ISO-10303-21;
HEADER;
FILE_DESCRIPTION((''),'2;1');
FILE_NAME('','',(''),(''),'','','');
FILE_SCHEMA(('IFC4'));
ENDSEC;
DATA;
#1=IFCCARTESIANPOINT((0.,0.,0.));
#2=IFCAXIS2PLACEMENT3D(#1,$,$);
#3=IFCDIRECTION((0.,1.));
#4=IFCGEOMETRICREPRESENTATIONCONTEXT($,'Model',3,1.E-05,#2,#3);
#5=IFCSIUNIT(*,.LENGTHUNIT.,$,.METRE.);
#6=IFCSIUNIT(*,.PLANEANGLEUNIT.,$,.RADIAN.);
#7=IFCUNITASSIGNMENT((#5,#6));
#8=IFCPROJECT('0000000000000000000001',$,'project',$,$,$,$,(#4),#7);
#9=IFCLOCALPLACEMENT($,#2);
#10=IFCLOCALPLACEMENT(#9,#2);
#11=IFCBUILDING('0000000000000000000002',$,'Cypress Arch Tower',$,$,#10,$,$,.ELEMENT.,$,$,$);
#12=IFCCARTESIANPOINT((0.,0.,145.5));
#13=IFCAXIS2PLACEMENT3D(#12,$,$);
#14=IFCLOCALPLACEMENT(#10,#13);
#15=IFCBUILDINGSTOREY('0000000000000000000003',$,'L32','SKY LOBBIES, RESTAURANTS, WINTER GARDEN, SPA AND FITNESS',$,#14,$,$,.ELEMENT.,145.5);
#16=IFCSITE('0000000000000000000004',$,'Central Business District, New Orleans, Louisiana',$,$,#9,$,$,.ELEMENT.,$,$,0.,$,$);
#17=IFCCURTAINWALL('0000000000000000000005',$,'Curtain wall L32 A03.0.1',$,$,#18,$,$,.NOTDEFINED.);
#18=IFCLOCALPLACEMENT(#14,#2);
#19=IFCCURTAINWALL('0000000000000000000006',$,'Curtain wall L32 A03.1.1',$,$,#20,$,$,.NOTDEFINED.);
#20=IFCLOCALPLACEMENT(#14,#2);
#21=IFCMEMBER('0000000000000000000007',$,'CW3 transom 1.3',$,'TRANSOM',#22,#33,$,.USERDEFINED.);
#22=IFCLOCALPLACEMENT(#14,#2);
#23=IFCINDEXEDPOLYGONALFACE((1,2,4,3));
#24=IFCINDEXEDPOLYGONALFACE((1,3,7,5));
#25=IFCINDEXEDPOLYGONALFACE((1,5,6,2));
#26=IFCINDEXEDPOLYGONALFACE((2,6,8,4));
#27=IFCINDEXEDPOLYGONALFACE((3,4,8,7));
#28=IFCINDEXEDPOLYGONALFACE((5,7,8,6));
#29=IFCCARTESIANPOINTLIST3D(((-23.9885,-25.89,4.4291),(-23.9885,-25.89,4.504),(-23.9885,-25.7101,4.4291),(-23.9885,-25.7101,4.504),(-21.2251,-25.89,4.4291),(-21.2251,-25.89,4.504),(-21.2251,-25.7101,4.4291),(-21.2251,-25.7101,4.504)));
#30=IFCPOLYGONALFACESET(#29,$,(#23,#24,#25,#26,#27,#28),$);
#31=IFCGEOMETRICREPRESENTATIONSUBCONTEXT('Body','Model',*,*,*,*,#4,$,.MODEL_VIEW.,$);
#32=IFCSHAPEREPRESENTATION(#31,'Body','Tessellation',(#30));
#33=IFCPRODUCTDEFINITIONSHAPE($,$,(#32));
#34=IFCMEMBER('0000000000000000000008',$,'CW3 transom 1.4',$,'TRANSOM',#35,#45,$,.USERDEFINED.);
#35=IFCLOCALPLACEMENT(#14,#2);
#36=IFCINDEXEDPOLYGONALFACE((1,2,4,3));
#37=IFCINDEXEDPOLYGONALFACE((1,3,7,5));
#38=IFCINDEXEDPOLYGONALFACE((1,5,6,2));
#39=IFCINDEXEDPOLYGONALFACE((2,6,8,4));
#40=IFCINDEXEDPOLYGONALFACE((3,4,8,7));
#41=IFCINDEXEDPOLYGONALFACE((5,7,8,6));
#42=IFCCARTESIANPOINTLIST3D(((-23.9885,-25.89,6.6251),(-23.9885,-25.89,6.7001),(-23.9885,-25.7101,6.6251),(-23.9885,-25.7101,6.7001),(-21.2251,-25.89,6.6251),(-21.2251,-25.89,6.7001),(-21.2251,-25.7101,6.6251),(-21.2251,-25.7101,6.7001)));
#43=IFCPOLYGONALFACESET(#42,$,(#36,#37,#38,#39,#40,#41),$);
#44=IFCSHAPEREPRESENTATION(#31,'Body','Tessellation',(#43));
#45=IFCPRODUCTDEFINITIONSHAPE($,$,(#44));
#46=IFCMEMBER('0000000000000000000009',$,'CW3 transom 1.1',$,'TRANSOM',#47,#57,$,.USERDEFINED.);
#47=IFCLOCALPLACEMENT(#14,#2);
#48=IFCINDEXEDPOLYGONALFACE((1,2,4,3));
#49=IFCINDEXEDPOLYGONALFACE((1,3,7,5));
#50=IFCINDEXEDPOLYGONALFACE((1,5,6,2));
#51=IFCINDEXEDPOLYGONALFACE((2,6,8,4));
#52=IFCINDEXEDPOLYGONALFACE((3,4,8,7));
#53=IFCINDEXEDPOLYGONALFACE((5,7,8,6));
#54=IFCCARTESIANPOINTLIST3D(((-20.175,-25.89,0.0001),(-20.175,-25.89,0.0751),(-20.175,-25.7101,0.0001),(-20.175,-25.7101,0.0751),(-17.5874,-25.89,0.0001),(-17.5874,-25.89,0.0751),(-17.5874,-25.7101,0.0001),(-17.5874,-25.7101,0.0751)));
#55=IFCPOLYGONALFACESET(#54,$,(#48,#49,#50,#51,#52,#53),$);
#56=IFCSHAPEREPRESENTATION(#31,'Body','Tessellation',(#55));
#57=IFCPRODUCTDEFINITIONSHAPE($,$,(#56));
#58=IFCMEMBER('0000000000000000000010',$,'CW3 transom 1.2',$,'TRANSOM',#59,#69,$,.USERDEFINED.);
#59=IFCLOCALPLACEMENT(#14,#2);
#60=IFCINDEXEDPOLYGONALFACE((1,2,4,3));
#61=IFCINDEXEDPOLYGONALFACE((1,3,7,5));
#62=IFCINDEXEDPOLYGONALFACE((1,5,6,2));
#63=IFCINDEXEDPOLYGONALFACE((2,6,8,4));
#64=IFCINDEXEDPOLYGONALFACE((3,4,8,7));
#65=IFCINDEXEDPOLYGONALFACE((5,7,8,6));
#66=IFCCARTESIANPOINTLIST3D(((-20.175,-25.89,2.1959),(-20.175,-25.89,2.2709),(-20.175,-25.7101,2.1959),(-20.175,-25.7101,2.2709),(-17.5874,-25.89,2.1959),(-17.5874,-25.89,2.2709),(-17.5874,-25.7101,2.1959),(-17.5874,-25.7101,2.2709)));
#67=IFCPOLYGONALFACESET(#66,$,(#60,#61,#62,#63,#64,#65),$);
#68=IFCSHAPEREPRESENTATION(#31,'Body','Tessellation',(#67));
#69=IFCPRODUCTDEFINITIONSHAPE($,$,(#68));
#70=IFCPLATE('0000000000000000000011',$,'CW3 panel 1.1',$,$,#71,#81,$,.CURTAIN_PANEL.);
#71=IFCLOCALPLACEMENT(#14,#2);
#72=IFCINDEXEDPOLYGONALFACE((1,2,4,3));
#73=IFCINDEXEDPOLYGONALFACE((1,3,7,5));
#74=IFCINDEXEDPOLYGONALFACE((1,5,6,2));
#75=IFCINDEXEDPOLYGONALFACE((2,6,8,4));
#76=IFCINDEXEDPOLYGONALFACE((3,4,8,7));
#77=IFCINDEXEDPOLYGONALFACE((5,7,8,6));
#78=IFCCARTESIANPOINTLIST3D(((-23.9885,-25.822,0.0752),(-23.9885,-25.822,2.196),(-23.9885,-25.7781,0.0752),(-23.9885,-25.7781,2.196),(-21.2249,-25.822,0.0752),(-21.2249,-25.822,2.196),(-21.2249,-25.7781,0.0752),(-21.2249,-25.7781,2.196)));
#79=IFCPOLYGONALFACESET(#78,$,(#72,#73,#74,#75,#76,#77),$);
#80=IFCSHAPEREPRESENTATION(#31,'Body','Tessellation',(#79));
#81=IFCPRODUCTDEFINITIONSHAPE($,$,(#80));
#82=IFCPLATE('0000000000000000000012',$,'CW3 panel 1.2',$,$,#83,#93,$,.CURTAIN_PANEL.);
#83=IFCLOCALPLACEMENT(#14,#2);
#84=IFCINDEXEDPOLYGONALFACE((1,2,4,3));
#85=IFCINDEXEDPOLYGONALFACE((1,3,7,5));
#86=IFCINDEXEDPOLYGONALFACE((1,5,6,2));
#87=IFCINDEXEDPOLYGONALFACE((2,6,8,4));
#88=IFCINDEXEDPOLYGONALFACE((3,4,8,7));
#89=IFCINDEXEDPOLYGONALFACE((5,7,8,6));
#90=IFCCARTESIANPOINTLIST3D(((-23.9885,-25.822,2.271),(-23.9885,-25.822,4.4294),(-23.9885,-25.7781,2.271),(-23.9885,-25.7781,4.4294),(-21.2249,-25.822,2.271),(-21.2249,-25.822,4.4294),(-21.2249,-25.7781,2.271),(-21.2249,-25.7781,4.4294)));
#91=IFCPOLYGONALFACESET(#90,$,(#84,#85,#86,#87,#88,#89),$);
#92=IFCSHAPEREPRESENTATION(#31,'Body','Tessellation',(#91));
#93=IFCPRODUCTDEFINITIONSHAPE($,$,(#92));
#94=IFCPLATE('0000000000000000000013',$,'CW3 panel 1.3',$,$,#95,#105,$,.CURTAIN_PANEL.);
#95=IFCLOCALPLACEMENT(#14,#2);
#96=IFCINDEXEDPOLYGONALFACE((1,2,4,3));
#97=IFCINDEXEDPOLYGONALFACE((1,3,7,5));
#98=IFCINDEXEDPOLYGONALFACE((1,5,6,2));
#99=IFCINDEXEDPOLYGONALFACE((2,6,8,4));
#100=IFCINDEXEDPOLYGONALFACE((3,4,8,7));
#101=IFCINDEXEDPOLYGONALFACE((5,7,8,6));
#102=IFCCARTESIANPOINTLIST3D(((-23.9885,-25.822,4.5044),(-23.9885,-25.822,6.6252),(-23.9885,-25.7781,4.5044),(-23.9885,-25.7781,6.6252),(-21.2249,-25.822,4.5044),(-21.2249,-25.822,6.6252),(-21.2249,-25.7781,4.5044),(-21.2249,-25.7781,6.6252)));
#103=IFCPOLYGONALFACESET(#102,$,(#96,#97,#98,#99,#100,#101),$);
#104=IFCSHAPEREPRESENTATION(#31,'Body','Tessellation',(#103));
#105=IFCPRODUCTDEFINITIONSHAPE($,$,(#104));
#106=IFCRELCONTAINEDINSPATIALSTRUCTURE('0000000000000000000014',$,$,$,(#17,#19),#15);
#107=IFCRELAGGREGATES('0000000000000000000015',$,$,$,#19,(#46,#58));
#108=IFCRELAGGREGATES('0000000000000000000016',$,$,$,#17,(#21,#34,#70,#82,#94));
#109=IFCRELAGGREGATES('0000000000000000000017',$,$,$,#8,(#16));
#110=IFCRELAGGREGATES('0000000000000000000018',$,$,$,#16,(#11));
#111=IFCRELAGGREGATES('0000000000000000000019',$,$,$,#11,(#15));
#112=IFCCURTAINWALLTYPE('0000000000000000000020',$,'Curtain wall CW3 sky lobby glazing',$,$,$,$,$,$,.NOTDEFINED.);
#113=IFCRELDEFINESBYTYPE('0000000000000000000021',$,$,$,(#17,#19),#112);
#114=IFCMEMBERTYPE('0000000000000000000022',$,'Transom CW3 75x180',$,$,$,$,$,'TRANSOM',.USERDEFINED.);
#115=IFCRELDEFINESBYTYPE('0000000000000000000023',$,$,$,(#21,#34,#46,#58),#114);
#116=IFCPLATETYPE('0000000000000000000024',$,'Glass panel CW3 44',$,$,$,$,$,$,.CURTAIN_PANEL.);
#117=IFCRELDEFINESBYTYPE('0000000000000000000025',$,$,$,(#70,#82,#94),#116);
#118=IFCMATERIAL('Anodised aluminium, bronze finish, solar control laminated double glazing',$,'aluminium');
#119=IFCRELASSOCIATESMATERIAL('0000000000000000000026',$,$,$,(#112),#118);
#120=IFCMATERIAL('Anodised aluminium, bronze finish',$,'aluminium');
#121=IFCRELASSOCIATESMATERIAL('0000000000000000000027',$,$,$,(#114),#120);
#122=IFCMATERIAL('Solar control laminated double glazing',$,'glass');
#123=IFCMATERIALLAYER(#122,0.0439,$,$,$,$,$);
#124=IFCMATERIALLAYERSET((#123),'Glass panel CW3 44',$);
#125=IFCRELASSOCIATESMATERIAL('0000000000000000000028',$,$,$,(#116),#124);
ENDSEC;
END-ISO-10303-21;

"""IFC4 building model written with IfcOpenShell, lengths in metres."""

from ifc_helpers import new_model, si_unit, direction, frame, origin, origin_2d, place, context, subcontext, project, spatial, rectangle, extrude, material, layer, layer_set, material_profile, profile_set, type_object, element, aggregate, save


model = new_model("IFC4")

# Units and contexts
model_context = context("Model", 3, precision=1e-05, world=origin(), true_north=direction((0.0, 1.0)))
body_context = subcontext(model_context, "Body", "Model", "MODEL_VIEW")
ifc_project = project(units=[si_unit("LENGTHUNIT", "METRE"), si_unit("PLANEANGLEUNIT", "RADIAN")], contexts=[model_context])

# Site, building, storey
site_placement = place(None, origin())
site = spatial("IfcSite", under=ifc_project, at=site_placement, Name="Central Business District, New Orleans, Louisiana", CompositionType="ELEMENT", RefElevation=0.0)
building_placement = place(site_placement, origin())
building = spatial("IfcBuilding", under=site, at=building_placement, Name="Cypress Arch Tower", CompositionType="ELEMENT")
storey_placement = place(building_placement, frame((0.0, 0.0, 145.5)))
storey = spatial("IfcBuildingStorey", under=building, at=storey_placement, Name="L32", Description="SKY LOBBIES, RESTAURANTS, WINTER GARDEN, SPA AND FITNESS", CompositionType="ELEMENT", Elevation=145.5)

# Shared definitions
ifc_material_1 = material(Name="Anodised aluminium, bronze finish, solar control laminated double glazing", Category="aluminium")
curtain_wall_type = type_object("IfcCurtainWallType", Name="Curtain wall CW3 sky lobby glazing", PredefinedType="NOTDEFINED", material=ifc_material_1)

# Curtain wall
curtain_wall_1_placement = place(storey_placement, origin())
curtain_wall_1 = element("IfcCurtainWall", 1, at=curtain_wall_1_placement, inside=storey, type_object=curtain_wall_type, Name="Curtain wall L32 A03.0.1", PredefinedType="NOTDEFINED")

# Curtain wall
curtain_wall_2_placement = place(storey_placement, origin())
curtain_wall_2 = element("IfcCurtainWall", 2, at=curtain_wall_2_placement, inside=storey, type_object=curtain_wall_type, Name="Curtain wall L32 A03.1.1", PredefinedType="NOTDEFINED")

# Members
ifc_material_2 = material(Name="Anodised aluminium, bronze finish", Category="aluminium")
ifc_material_profile_1 = material_profile(ifc_material_2, rectangle(XDim=0.1799, YDim=0.075, at=origin_2d()), Name="Transom 75x180")
ifc_profile_set_1 = profile_set([ifc_material_profile_1], Name="Anodised aluminium, bronze finish")
member_type_1 = type_object("IfcMemberType", Name="Transom CW3 75x180", ElementType="TRANSOM", PredefinedType="USERDEFINED", material=ifc_profile_set_1)
member_1_placement = place(storey_placement, frame((-23.9885, -25.8, 4.4666), z_axis=(1.0, 0.0, 0.0), x_axis=(0.0, 1.0, 0.0)))
member_1 = element("IfcMember", 3, at=member_1_placement, type_object=member_type_1, Name="CW3 transom 1.3", ObjectType="TRANSOM", PredefinedType="USERDEFINED", context=body_context, shape_type="SweptSolid", body=[
    extrude(rectangle(XDim=0.1799, YDim=0.075, at=origin_2d()), origin(), (0.0, 0.0, 1.0), 2.7634),
])
member_2_placement = place(storey_placement, frame((-23.9885, -25.8, 6.6626), z_axis=(1.0, 0.0, 0.0), x_axis=(0.0, 1.0, 0.0)))
member_2 = element("IfcMember", 4, at=member_2_placement, type_object=member_type_1, Name="CW3 transom 1.4", ObjectType="TRANSOM", PredefinedType="USERDEFINED", context=body_context, shape_type="SweptSolid", body=[
    extrude(rectangle(XDim=0.1799, YDim=0.075, at=origin_2d()), origin(), (0.0, 0.0, 1.0), 2.7634),
])
member_3_placement = place(storey_placement, frame((-20.175, -25.8, 0.0376), z_axis=(1.0, 0.0, 0.0), x_axis=(0.0, 1.0, 0.0)))
member_3 = element("IfcMember", 5, at=member_3_placement, type_object=member_type_1, Name="CW3 transom 1.1", ObjectType="TRANSOM", PredefinedType="USERDEFINED", context=body_context, shape_type="SweptSolid", body=[
    extrude(rectangle(XDim=0.1799, YDim=0.075, at=origin_2d()), origin(), (0.0, 0.0, 1.0), 2.5876),
])
member_4_placement = place(storey_placement, frame((-20.175, -25.8, 2.2334), z_axis=(1.0, 0.0, 0.0), x_axis=(0.0, 1.0, 0.0)))
member_4 = element("IfcMember", 6, at=member_4_placement, type_object=member_type_1, Name="CW3 transom 1.2", ObjectType="TRANSOM", PredefinedType="USERDEFINED", context=body_context, shape_type="SweptSolid", body=[
    extrude(rectangle(XDim=0.1799, YDim=0.075, at=origin_2d()), origin(), (0.0, 0.0, 1.0), 2.5876),
])
aggregate(curtain_wall_2, [member_3, member_4])

# Plates
ifc_material_3 = material(Name="Solar control laminated double glazing", Category="glass")
ifc_layer = layer(ifc_material_3, 0.0439)
ifc_layer_set = layer_set([ifc_layer], Name="Glass panel CW3 44")
plate_type = type_object("IfcPlateType", Name="Glass panel CW3 44", PredefinedType="CURTAIN_PANEL", material=ifc_layer_set)
plate_1_placement = place(storey_placement, frame((-22.6067, -25.8, 0.0752), z_axis=(0.0, 0.0, 1.0), x_axis=(1.0, 0.0, 0.0)))
plate_1 = element("IfcPlate", 7, at=plate_1_placement, type_object=plate_type, Name="CW3 panel 1.1", PredefinedType="CURTAIN_PANEL", context=body_context, shape_type="SweptSolid", body=[
    extrude(rectangle(XDim=2.7637, YDim=0.0439, at=origin_2d()), origin(), (0.0, 0.0, 1.0), 2.1208),
])
plate_2_placement = place(storey_placement, frame((-22.6067, -25.8, 2.271), z_axis=(0.0, 0.0, 1.0), x_axis=(1.0, 0.0, 0.0)))
plate_2 = element("IfcPlate", 8, at=plate_2_placement, type_object=plate_type, Name="CW3 panel 1.2", PredefinedType="CURTAIN_PANEL", context=body_context, shape_type="SweptSolid", body=[
    extrude(rectangle(XDim=2.7637, YDim=0.0439, at=origin_2d()), origin(), (0.0, 0.0, 1.0), 2.1584),
])
plate_3_placement = place(storey_placement, frame((-22.6067, -25.8, 4.5044), z_axis=(0.0, 0.0, 1.0), x_axis=(1.0, 0.0, 0.0)))
plate_3 = element("IfcPlate", 9, at=plate_3_placement, type_object=plate_type, Name="CW3 panel 1.3", PredefinedType="CURTAIN_PANEL", context=body_context, shape_type="SweptSolid", body=[
    extrude(rectangle(XDim=2.7637, YDim=0.0439, at=origin_2d()), origin(), (0.0, 0.0, 1.0), 2.1208),
])
aggregate(curtain_wall_1, [member_1, member_2, plate_1, plate_2, plate_3])

save(model, "model.ifc")
